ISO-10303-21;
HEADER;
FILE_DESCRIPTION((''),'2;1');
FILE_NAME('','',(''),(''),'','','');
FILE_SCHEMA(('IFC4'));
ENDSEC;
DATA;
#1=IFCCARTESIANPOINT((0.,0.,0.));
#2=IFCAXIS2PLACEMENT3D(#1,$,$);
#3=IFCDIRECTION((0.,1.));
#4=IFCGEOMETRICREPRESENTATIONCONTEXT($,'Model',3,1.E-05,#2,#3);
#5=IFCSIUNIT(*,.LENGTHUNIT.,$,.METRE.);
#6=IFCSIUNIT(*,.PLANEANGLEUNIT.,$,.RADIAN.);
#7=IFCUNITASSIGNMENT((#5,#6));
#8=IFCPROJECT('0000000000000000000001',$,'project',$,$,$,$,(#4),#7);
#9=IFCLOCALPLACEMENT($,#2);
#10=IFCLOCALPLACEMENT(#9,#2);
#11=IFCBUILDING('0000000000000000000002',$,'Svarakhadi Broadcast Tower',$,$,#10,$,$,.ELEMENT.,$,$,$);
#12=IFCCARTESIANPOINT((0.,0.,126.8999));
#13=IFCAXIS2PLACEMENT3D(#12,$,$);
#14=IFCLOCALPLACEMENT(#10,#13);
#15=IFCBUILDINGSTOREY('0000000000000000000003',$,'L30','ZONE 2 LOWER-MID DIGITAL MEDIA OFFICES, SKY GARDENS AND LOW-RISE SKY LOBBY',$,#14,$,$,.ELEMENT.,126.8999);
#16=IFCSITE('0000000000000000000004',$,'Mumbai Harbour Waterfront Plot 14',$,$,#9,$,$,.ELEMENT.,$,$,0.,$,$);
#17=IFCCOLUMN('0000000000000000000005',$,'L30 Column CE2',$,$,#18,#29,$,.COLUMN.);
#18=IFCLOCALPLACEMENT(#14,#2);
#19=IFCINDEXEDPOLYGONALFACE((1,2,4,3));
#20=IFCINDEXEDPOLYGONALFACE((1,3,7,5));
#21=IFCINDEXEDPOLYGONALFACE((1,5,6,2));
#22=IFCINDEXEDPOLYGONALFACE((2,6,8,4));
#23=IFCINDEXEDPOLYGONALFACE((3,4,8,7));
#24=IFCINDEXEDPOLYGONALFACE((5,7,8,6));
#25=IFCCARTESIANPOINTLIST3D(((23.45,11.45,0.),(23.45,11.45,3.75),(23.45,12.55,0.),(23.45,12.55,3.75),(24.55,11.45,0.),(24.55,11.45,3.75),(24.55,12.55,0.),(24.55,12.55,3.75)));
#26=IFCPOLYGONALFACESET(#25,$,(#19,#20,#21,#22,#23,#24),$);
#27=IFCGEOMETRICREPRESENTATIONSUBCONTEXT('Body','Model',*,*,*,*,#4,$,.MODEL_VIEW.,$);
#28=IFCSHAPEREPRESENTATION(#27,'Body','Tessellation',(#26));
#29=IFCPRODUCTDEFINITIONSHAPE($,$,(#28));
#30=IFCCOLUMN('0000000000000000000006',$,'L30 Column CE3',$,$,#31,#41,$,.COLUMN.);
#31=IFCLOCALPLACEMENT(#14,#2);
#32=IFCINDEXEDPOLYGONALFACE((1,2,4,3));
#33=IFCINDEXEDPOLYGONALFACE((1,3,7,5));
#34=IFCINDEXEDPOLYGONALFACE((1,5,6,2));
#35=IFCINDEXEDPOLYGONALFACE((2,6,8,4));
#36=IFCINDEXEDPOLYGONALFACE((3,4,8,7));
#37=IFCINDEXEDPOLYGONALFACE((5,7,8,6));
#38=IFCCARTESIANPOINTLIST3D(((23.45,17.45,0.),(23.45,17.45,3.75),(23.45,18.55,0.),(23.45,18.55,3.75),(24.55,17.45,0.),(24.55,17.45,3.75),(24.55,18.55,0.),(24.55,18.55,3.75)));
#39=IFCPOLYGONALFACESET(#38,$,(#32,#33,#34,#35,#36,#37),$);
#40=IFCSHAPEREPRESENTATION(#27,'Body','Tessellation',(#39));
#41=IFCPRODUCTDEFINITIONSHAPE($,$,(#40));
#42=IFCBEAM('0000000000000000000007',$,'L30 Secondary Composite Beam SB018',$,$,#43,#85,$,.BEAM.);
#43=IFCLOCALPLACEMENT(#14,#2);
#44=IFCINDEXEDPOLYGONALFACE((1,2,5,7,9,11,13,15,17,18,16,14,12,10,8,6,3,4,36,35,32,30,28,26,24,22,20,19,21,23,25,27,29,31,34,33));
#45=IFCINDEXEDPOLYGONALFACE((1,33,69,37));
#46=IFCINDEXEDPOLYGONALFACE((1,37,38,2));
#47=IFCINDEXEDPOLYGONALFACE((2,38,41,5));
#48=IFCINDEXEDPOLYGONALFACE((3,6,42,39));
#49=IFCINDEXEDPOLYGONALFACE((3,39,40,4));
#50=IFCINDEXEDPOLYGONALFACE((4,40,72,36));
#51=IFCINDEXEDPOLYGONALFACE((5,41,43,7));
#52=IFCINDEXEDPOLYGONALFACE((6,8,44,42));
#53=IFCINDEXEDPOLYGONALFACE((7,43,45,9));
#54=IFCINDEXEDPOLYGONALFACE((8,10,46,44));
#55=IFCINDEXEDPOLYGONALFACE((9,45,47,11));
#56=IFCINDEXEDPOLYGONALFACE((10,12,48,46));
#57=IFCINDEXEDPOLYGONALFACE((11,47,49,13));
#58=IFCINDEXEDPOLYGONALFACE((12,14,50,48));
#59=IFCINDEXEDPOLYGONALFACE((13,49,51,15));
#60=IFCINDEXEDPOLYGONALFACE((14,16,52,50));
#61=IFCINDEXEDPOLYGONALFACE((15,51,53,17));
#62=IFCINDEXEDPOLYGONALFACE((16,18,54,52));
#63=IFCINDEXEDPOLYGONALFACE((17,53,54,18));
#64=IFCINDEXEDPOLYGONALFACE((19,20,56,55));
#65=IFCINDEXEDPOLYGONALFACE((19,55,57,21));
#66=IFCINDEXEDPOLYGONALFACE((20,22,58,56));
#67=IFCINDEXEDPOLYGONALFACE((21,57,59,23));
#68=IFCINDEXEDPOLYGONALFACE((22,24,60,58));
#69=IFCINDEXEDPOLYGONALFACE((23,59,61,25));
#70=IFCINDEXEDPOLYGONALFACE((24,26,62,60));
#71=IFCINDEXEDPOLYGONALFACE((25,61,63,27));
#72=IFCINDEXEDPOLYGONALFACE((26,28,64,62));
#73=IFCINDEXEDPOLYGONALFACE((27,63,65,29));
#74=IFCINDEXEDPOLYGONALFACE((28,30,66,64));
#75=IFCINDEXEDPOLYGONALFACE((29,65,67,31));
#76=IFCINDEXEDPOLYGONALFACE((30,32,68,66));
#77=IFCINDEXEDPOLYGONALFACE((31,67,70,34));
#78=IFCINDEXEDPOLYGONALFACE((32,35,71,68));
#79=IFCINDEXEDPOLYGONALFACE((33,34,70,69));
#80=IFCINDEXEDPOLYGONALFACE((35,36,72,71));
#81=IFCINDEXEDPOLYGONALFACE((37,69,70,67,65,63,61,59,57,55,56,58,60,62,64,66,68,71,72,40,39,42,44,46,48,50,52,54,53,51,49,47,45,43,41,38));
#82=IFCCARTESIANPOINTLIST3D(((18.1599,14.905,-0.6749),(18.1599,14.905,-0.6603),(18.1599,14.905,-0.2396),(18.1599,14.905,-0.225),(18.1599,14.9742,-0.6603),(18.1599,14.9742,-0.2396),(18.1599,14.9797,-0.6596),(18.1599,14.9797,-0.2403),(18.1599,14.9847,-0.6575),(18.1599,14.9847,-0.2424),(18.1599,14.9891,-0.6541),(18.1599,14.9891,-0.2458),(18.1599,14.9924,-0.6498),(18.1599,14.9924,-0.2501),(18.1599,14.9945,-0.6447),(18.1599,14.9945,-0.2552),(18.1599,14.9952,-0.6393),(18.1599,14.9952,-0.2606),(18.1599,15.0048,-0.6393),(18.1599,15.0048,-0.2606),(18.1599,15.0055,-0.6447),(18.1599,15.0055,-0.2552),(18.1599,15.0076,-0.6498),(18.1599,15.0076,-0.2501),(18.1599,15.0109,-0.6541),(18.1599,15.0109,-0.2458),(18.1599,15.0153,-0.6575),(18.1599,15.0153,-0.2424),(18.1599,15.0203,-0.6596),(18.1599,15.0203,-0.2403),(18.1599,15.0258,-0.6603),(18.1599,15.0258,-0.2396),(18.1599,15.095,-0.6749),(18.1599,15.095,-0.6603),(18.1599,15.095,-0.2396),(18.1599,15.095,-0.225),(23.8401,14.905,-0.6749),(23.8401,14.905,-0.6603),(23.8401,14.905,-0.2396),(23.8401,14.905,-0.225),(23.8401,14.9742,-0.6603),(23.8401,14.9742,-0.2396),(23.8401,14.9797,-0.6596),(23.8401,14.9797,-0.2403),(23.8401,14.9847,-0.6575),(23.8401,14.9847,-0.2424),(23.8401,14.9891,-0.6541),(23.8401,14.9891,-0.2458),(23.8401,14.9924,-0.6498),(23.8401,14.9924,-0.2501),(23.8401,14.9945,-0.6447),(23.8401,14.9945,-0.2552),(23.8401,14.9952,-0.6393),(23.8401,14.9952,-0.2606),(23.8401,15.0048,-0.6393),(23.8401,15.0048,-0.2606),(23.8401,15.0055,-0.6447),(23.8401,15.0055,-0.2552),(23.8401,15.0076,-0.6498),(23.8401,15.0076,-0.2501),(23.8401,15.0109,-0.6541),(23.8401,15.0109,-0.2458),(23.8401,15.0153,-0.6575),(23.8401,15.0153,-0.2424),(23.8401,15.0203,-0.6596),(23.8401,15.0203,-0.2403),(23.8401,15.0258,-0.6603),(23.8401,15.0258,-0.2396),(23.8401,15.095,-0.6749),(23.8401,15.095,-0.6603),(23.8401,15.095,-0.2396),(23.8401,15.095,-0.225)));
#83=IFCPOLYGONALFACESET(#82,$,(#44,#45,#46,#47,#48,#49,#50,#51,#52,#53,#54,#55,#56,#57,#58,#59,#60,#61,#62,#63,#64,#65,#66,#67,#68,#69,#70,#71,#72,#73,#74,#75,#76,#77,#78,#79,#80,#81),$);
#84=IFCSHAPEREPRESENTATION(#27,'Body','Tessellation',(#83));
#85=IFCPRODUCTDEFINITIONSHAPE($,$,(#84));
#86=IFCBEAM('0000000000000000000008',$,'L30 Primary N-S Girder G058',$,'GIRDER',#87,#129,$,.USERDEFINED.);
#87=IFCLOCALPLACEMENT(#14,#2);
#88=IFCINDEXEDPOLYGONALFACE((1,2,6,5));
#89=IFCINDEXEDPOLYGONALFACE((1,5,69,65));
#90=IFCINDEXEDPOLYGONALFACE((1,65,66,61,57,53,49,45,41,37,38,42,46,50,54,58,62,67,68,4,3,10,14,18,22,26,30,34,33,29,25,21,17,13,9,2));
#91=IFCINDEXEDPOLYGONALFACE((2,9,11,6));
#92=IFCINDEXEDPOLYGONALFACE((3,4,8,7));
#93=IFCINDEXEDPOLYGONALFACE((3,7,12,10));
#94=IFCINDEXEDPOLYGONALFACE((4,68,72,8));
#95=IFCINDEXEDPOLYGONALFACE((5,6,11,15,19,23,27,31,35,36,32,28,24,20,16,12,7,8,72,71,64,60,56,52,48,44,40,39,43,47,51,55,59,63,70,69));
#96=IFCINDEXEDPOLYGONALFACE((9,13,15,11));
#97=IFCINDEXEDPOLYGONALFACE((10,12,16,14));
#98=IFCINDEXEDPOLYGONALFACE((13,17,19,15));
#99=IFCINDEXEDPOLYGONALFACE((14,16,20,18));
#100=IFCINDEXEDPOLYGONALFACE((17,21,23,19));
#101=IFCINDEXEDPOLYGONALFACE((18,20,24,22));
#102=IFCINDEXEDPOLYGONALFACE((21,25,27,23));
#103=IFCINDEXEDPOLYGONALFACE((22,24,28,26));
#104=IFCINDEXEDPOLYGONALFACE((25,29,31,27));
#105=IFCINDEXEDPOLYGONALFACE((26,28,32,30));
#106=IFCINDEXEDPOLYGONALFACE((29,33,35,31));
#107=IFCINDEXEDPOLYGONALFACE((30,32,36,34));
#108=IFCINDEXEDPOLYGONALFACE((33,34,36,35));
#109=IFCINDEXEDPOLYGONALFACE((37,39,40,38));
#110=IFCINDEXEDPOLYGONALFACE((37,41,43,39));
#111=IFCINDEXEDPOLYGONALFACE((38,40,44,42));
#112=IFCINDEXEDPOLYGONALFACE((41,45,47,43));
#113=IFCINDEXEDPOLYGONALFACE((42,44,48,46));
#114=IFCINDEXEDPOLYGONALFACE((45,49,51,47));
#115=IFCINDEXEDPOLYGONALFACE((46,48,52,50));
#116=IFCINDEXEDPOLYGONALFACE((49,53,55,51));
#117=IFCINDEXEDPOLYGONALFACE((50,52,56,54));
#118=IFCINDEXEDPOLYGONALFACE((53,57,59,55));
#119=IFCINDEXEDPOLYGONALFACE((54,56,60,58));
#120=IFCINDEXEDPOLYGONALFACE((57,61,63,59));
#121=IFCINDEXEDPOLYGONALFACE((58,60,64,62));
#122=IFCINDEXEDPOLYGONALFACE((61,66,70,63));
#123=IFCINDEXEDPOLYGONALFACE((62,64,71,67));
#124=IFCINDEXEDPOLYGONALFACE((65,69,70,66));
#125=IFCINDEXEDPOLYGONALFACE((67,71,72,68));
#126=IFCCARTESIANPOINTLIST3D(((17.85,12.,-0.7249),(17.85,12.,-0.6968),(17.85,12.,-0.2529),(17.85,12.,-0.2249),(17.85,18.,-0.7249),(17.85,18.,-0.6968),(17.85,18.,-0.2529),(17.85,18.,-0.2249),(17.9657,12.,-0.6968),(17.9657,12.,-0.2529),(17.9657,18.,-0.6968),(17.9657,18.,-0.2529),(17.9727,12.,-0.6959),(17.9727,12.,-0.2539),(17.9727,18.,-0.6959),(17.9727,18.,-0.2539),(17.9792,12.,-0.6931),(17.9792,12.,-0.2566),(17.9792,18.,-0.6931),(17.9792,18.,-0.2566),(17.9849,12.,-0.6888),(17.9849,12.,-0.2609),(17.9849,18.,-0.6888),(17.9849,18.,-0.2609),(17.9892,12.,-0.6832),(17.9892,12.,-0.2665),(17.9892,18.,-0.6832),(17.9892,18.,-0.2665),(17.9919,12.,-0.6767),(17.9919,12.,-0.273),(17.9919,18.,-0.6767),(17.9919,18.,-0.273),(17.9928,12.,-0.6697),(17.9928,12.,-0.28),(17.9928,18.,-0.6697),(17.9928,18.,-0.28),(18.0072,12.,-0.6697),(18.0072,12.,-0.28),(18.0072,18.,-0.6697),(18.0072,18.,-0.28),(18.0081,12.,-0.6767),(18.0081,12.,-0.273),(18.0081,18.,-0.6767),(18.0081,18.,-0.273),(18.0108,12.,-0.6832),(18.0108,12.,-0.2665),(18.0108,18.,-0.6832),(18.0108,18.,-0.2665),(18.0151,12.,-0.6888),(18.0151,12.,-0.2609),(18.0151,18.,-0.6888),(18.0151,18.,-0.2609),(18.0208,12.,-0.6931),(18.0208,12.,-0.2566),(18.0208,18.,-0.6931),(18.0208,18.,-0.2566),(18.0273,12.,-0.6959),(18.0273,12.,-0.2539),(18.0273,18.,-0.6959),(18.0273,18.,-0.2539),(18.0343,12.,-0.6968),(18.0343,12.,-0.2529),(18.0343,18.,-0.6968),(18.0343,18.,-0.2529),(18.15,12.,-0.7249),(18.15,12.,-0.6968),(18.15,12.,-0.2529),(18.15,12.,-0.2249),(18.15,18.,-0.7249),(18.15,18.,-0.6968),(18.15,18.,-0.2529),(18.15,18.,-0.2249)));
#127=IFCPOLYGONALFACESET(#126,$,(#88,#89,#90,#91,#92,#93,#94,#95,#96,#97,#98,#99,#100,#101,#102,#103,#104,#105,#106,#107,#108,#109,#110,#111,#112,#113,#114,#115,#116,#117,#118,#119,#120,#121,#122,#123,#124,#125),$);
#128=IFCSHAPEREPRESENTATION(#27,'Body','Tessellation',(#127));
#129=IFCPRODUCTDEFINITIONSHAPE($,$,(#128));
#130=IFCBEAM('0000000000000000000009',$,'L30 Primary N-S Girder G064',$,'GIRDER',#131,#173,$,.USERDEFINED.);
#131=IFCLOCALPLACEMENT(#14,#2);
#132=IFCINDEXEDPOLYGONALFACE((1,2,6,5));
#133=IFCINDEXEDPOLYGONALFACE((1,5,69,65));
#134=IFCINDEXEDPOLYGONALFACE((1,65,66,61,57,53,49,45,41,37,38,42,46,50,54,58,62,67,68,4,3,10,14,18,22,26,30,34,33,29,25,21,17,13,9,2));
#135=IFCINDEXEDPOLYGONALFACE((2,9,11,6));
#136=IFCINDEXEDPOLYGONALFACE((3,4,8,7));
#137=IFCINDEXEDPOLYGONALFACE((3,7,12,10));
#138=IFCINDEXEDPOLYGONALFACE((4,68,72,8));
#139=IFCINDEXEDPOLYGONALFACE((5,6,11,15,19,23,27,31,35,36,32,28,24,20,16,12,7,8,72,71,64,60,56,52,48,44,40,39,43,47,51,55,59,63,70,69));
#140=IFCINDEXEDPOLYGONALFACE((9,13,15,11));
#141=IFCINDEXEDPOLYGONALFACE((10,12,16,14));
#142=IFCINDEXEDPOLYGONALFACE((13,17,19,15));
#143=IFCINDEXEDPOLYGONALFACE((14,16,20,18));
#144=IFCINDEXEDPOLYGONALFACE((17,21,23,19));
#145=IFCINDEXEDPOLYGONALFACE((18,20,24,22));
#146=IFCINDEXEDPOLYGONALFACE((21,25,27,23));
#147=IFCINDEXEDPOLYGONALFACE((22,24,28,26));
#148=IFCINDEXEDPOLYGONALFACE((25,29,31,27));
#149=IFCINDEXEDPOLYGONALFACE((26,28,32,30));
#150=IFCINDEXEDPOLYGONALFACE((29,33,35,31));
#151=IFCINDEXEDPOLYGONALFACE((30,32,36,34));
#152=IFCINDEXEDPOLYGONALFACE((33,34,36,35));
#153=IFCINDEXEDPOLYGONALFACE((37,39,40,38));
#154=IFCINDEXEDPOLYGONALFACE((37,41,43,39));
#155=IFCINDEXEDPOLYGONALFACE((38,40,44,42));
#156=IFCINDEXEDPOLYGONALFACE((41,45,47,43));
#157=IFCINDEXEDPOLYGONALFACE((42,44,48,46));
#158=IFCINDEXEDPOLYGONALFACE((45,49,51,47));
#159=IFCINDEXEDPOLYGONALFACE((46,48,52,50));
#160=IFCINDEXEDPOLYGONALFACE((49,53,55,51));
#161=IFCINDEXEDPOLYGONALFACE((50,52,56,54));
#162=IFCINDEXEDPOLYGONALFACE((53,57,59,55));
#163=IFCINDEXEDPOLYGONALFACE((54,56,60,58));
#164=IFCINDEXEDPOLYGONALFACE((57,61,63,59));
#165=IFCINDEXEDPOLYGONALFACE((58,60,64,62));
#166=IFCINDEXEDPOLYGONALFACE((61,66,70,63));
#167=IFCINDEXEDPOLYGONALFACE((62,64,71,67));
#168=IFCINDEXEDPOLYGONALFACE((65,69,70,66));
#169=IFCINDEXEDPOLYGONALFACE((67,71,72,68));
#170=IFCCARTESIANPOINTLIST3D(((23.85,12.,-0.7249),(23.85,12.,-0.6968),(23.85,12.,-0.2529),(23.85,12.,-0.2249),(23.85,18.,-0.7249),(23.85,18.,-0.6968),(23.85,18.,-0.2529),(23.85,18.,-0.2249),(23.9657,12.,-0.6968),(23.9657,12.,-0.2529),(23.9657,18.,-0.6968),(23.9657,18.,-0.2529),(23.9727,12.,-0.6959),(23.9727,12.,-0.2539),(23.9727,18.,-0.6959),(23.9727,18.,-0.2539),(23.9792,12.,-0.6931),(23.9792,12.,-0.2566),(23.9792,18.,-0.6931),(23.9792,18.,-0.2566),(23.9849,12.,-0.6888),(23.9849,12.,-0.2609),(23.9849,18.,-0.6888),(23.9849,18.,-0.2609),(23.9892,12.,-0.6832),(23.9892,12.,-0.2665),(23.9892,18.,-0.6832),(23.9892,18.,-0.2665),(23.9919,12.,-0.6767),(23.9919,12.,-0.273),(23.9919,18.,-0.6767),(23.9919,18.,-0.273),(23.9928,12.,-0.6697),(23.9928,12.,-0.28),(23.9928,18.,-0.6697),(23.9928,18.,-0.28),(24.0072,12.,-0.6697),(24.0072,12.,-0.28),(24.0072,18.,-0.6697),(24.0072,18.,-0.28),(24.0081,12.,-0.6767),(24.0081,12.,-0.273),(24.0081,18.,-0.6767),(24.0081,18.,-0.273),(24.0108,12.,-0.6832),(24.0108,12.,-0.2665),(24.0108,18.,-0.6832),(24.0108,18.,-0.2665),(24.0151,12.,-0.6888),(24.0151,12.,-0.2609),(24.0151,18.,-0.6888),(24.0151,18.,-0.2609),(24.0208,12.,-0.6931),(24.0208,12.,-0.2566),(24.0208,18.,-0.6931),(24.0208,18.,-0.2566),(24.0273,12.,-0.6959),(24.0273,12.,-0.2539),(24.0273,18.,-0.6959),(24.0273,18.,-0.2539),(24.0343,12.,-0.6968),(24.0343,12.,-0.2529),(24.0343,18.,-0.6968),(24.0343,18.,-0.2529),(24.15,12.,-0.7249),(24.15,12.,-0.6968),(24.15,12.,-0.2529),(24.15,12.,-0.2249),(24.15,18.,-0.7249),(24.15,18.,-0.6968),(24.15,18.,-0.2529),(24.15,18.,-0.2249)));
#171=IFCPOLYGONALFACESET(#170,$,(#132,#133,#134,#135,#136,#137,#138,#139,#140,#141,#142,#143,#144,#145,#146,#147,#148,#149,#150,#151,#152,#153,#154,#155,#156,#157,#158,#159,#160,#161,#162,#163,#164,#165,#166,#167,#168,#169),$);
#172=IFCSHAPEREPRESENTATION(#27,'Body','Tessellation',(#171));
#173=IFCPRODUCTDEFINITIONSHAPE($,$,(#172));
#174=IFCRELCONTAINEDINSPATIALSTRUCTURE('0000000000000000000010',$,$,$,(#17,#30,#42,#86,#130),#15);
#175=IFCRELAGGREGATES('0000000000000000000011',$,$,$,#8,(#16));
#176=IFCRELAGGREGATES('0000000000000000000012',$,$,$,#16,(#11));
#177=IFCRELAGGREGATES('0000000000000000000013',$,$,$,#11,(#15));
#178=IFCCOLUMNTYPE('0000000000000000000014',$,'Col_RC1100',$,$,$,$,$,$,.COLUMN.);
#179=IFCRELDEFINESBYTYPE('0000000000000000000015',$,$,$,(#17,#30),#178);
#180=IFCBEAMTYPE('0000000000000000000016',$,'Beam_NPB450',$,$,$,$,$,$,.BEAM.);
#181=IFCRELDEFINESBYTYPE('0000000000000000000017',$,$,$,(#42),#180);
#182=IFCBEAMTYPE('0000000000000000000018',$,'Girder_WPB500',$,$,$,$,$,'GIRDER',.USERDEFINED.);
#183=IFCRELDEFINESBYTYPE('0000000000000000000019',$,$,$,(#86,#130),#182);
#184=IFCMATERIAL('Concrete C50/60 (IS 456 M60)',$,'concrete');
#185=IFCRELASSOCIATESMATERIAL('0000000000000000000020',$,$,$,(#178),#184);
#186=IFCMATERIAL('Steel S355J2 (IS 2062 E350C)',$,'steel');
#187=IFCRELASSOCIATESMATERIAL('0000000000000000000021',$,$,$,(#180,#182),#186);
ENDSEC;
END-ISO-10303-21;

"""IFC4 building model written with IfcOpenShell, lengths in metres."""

from ifc_helpers import new_model, si_unit, direction, frame, origin, origin_2d, place, context, subcontext, project, spatial, rectangle, i_section, extrude, material, material_profile, profile_set, type_object, element, save


model = new_model("IFC4")

# Units and contexts
model_context = context("Model", 3, precision=1e-05, world=origin(), true_north=direction((0.0, 1.0)))
body_context = subcontext(model_context, "Body", "Model", "MODEL_VIEW")
ifc_project = project(units=[si_unit("LENGTHUNIT", "METRE"), si_unit("PLANEANGLEUNIT", "RADIAN")], contexts=[model_context])

# Site, building, storey
site_placement = place(None, origin())
site = spatial("IfcSite", under=ifc_project, at=site_placement, Name="Mumbai Harbour Waterfront Plot 14", CompositionType="ELEMENT", RefElevation=0.0)
building_placement = place(site_placement, origin())
building = spatial("IfcBuilding", under=site, at=building_placement, Name="Svarakhadi Broadcast Tower", CompositionType="ELEMENT")
storey_placement = place(building_placement, frame((0.0, 0.0, 126.8999)))
storey = spatial("IfcBuildingStorey", under=building, at=storey_placement, Name="L30", Description="ZONE 2 LOWER-MID DIGITAL MEDIA OFFICES, SKY GARDENS AND LOW-RISE SKY LOBBY", CompositionType="ELEMENT", Elevation=126.8999)

# Columns
ifc_material_1 = material(Name="Concrete C50/60 (IS 456 M60)", Category="concrete")
ifc_material_profile_1 = material_profile(ifc_material_1, rectangle(XDim=1.1001, YDim=1.1001, at=origin_2d()), Name="RC 1100x1100")
ifc_profile_set_1 = profile_set([ifc_material_profile_1], Name="Concrete C50/60 (IS 456 M60)")
column_type = type_object("IfcColumnType", Name="Col_RC1100", PredefinedType="COLUMN", material=ifc_profile_set_1)
for number, where, z_axis, x_axis, name in (
    (1, (24.0, 12.0, 0.0), (0.0, 0.0, 1.0), (1.0, 0.0, 0.0), "L30 Column CE2"),
    (2, (24.0, 18.0, 0.0), (0.0, 0.0, 1.0), (1.0, 0.0, 0.0), "L30 Column CE3"),
):
    element("IfcColumn", number, at=place(storey_placement, frame(where, z_axis=z_axis, x_axis=x_axis)), inside=storey, type_object=column_type, Name=name, PredefinedType="COLUMN", context=body_context, shape_type="SweptSolid", body=[
        extrude(rectangle(XDim=1.1001, YDim=1.1001, at=origin_2d()), origin(), (0.0, 0.0, 1.0), 3.75),
    ])

# Beams
ifc_material_2 = material(Name="Steel S355J2 (IS 2062 E350C)", Category="steel")
ifc_material_profile_2 = material_profile(ifc_material_2, i_section(OverallWidth=0.1899, OverallDepth=0.45, WebThickness=0.0095, FlangeThickness=0.0146, FilletRadius=0.021, at=origin_2d()), Name="NPB 450x190x78")
ifc_profile_set_2 = profile_set([ifc_material_profile_2], Name="Steel S355J2 (IS 2062 E350C)")
beam_type_1 = type_object("IfcBeamType", Name="Beam_NPB450", PredefinedType="BEAM", material=ifc_profile_set_2)
beam_placement = place(storey_placement, frame((18.1599, 15.0, -0.45), z_axis=(1.0, 0.0, 0.0), x_axis=(0.0, 1.0, 0.0)))
element("IfcBeam", 3, at=beam_placement, inside=storey, type_object=beam_type_1, Name="L30 Secondary Composite Beam SB018", PredefinedType="BEAM", context=body_context, shape_type="SweptSolid", body=[
    extrude(i_section(OverallWidth=0.1899, OverallDepth=0.45, WebThickness=0.0095, FlangeThickness=0.0146, FilletRadius=0.021, at=origin_2d()), origin(), (0.0, 0.0, 1.0), 5.6802),
])
ifc_material_profile_3 = material_profile(ifc_material_2, i_section(OverallWidth=0.3, OverallDepth=0.5, WebThickness=0.0144, FlangeThickness=0.0281, FilletRadius=0.0271, at=origin_2d()), Name="WPB 500x300x187")
ifc_profile_set_3 = profile_set([ifc_material_profile_3], Name="Steel S355J2 (IS 2062 E350C)")
beam_type_2 = type_object("IfcBeamType", Name="Girder_WPB500", ElementType="GIRDER", PredefinedType="USERDEFINED", material=ifc_profile_set_3)
for number, where, z_axis, x_axis, name in (
    (4, (18.0, 12.0, -0.4749), (0.0, 1.0, 0.0), (-1.0, 0.0, 0.0), "L30 Primary N-S Girder G058"),
    (5, (24.0, 12.0, -0.4749), (0.0, 1.0, 0.0), (-1.0, 0.0, 0.0), "L30 Primary N-S Girder G064"),
):
    element("IfcBeam", number, at=place(storey_placement, frame(where, z_axis=z_axis, x_axis=x_axis)), inside=storey, type_object=beam_type_2, Name=name, ObjectType="GIRDER", PredefinedType="USERDEFINED", context=body_context, shape_type="SweptSolid", body=[
        extrude(i_section(OverallWidth=0.3, OverallDepth=0.5, WebThickness=0.0144, FlangeThickness=0.0281, FilletRadius=0.0271, at=origin_2d()), origin(), (0.0, 0.0, 1.0), 6.0),
    ])

save(model, "model.ifc")
